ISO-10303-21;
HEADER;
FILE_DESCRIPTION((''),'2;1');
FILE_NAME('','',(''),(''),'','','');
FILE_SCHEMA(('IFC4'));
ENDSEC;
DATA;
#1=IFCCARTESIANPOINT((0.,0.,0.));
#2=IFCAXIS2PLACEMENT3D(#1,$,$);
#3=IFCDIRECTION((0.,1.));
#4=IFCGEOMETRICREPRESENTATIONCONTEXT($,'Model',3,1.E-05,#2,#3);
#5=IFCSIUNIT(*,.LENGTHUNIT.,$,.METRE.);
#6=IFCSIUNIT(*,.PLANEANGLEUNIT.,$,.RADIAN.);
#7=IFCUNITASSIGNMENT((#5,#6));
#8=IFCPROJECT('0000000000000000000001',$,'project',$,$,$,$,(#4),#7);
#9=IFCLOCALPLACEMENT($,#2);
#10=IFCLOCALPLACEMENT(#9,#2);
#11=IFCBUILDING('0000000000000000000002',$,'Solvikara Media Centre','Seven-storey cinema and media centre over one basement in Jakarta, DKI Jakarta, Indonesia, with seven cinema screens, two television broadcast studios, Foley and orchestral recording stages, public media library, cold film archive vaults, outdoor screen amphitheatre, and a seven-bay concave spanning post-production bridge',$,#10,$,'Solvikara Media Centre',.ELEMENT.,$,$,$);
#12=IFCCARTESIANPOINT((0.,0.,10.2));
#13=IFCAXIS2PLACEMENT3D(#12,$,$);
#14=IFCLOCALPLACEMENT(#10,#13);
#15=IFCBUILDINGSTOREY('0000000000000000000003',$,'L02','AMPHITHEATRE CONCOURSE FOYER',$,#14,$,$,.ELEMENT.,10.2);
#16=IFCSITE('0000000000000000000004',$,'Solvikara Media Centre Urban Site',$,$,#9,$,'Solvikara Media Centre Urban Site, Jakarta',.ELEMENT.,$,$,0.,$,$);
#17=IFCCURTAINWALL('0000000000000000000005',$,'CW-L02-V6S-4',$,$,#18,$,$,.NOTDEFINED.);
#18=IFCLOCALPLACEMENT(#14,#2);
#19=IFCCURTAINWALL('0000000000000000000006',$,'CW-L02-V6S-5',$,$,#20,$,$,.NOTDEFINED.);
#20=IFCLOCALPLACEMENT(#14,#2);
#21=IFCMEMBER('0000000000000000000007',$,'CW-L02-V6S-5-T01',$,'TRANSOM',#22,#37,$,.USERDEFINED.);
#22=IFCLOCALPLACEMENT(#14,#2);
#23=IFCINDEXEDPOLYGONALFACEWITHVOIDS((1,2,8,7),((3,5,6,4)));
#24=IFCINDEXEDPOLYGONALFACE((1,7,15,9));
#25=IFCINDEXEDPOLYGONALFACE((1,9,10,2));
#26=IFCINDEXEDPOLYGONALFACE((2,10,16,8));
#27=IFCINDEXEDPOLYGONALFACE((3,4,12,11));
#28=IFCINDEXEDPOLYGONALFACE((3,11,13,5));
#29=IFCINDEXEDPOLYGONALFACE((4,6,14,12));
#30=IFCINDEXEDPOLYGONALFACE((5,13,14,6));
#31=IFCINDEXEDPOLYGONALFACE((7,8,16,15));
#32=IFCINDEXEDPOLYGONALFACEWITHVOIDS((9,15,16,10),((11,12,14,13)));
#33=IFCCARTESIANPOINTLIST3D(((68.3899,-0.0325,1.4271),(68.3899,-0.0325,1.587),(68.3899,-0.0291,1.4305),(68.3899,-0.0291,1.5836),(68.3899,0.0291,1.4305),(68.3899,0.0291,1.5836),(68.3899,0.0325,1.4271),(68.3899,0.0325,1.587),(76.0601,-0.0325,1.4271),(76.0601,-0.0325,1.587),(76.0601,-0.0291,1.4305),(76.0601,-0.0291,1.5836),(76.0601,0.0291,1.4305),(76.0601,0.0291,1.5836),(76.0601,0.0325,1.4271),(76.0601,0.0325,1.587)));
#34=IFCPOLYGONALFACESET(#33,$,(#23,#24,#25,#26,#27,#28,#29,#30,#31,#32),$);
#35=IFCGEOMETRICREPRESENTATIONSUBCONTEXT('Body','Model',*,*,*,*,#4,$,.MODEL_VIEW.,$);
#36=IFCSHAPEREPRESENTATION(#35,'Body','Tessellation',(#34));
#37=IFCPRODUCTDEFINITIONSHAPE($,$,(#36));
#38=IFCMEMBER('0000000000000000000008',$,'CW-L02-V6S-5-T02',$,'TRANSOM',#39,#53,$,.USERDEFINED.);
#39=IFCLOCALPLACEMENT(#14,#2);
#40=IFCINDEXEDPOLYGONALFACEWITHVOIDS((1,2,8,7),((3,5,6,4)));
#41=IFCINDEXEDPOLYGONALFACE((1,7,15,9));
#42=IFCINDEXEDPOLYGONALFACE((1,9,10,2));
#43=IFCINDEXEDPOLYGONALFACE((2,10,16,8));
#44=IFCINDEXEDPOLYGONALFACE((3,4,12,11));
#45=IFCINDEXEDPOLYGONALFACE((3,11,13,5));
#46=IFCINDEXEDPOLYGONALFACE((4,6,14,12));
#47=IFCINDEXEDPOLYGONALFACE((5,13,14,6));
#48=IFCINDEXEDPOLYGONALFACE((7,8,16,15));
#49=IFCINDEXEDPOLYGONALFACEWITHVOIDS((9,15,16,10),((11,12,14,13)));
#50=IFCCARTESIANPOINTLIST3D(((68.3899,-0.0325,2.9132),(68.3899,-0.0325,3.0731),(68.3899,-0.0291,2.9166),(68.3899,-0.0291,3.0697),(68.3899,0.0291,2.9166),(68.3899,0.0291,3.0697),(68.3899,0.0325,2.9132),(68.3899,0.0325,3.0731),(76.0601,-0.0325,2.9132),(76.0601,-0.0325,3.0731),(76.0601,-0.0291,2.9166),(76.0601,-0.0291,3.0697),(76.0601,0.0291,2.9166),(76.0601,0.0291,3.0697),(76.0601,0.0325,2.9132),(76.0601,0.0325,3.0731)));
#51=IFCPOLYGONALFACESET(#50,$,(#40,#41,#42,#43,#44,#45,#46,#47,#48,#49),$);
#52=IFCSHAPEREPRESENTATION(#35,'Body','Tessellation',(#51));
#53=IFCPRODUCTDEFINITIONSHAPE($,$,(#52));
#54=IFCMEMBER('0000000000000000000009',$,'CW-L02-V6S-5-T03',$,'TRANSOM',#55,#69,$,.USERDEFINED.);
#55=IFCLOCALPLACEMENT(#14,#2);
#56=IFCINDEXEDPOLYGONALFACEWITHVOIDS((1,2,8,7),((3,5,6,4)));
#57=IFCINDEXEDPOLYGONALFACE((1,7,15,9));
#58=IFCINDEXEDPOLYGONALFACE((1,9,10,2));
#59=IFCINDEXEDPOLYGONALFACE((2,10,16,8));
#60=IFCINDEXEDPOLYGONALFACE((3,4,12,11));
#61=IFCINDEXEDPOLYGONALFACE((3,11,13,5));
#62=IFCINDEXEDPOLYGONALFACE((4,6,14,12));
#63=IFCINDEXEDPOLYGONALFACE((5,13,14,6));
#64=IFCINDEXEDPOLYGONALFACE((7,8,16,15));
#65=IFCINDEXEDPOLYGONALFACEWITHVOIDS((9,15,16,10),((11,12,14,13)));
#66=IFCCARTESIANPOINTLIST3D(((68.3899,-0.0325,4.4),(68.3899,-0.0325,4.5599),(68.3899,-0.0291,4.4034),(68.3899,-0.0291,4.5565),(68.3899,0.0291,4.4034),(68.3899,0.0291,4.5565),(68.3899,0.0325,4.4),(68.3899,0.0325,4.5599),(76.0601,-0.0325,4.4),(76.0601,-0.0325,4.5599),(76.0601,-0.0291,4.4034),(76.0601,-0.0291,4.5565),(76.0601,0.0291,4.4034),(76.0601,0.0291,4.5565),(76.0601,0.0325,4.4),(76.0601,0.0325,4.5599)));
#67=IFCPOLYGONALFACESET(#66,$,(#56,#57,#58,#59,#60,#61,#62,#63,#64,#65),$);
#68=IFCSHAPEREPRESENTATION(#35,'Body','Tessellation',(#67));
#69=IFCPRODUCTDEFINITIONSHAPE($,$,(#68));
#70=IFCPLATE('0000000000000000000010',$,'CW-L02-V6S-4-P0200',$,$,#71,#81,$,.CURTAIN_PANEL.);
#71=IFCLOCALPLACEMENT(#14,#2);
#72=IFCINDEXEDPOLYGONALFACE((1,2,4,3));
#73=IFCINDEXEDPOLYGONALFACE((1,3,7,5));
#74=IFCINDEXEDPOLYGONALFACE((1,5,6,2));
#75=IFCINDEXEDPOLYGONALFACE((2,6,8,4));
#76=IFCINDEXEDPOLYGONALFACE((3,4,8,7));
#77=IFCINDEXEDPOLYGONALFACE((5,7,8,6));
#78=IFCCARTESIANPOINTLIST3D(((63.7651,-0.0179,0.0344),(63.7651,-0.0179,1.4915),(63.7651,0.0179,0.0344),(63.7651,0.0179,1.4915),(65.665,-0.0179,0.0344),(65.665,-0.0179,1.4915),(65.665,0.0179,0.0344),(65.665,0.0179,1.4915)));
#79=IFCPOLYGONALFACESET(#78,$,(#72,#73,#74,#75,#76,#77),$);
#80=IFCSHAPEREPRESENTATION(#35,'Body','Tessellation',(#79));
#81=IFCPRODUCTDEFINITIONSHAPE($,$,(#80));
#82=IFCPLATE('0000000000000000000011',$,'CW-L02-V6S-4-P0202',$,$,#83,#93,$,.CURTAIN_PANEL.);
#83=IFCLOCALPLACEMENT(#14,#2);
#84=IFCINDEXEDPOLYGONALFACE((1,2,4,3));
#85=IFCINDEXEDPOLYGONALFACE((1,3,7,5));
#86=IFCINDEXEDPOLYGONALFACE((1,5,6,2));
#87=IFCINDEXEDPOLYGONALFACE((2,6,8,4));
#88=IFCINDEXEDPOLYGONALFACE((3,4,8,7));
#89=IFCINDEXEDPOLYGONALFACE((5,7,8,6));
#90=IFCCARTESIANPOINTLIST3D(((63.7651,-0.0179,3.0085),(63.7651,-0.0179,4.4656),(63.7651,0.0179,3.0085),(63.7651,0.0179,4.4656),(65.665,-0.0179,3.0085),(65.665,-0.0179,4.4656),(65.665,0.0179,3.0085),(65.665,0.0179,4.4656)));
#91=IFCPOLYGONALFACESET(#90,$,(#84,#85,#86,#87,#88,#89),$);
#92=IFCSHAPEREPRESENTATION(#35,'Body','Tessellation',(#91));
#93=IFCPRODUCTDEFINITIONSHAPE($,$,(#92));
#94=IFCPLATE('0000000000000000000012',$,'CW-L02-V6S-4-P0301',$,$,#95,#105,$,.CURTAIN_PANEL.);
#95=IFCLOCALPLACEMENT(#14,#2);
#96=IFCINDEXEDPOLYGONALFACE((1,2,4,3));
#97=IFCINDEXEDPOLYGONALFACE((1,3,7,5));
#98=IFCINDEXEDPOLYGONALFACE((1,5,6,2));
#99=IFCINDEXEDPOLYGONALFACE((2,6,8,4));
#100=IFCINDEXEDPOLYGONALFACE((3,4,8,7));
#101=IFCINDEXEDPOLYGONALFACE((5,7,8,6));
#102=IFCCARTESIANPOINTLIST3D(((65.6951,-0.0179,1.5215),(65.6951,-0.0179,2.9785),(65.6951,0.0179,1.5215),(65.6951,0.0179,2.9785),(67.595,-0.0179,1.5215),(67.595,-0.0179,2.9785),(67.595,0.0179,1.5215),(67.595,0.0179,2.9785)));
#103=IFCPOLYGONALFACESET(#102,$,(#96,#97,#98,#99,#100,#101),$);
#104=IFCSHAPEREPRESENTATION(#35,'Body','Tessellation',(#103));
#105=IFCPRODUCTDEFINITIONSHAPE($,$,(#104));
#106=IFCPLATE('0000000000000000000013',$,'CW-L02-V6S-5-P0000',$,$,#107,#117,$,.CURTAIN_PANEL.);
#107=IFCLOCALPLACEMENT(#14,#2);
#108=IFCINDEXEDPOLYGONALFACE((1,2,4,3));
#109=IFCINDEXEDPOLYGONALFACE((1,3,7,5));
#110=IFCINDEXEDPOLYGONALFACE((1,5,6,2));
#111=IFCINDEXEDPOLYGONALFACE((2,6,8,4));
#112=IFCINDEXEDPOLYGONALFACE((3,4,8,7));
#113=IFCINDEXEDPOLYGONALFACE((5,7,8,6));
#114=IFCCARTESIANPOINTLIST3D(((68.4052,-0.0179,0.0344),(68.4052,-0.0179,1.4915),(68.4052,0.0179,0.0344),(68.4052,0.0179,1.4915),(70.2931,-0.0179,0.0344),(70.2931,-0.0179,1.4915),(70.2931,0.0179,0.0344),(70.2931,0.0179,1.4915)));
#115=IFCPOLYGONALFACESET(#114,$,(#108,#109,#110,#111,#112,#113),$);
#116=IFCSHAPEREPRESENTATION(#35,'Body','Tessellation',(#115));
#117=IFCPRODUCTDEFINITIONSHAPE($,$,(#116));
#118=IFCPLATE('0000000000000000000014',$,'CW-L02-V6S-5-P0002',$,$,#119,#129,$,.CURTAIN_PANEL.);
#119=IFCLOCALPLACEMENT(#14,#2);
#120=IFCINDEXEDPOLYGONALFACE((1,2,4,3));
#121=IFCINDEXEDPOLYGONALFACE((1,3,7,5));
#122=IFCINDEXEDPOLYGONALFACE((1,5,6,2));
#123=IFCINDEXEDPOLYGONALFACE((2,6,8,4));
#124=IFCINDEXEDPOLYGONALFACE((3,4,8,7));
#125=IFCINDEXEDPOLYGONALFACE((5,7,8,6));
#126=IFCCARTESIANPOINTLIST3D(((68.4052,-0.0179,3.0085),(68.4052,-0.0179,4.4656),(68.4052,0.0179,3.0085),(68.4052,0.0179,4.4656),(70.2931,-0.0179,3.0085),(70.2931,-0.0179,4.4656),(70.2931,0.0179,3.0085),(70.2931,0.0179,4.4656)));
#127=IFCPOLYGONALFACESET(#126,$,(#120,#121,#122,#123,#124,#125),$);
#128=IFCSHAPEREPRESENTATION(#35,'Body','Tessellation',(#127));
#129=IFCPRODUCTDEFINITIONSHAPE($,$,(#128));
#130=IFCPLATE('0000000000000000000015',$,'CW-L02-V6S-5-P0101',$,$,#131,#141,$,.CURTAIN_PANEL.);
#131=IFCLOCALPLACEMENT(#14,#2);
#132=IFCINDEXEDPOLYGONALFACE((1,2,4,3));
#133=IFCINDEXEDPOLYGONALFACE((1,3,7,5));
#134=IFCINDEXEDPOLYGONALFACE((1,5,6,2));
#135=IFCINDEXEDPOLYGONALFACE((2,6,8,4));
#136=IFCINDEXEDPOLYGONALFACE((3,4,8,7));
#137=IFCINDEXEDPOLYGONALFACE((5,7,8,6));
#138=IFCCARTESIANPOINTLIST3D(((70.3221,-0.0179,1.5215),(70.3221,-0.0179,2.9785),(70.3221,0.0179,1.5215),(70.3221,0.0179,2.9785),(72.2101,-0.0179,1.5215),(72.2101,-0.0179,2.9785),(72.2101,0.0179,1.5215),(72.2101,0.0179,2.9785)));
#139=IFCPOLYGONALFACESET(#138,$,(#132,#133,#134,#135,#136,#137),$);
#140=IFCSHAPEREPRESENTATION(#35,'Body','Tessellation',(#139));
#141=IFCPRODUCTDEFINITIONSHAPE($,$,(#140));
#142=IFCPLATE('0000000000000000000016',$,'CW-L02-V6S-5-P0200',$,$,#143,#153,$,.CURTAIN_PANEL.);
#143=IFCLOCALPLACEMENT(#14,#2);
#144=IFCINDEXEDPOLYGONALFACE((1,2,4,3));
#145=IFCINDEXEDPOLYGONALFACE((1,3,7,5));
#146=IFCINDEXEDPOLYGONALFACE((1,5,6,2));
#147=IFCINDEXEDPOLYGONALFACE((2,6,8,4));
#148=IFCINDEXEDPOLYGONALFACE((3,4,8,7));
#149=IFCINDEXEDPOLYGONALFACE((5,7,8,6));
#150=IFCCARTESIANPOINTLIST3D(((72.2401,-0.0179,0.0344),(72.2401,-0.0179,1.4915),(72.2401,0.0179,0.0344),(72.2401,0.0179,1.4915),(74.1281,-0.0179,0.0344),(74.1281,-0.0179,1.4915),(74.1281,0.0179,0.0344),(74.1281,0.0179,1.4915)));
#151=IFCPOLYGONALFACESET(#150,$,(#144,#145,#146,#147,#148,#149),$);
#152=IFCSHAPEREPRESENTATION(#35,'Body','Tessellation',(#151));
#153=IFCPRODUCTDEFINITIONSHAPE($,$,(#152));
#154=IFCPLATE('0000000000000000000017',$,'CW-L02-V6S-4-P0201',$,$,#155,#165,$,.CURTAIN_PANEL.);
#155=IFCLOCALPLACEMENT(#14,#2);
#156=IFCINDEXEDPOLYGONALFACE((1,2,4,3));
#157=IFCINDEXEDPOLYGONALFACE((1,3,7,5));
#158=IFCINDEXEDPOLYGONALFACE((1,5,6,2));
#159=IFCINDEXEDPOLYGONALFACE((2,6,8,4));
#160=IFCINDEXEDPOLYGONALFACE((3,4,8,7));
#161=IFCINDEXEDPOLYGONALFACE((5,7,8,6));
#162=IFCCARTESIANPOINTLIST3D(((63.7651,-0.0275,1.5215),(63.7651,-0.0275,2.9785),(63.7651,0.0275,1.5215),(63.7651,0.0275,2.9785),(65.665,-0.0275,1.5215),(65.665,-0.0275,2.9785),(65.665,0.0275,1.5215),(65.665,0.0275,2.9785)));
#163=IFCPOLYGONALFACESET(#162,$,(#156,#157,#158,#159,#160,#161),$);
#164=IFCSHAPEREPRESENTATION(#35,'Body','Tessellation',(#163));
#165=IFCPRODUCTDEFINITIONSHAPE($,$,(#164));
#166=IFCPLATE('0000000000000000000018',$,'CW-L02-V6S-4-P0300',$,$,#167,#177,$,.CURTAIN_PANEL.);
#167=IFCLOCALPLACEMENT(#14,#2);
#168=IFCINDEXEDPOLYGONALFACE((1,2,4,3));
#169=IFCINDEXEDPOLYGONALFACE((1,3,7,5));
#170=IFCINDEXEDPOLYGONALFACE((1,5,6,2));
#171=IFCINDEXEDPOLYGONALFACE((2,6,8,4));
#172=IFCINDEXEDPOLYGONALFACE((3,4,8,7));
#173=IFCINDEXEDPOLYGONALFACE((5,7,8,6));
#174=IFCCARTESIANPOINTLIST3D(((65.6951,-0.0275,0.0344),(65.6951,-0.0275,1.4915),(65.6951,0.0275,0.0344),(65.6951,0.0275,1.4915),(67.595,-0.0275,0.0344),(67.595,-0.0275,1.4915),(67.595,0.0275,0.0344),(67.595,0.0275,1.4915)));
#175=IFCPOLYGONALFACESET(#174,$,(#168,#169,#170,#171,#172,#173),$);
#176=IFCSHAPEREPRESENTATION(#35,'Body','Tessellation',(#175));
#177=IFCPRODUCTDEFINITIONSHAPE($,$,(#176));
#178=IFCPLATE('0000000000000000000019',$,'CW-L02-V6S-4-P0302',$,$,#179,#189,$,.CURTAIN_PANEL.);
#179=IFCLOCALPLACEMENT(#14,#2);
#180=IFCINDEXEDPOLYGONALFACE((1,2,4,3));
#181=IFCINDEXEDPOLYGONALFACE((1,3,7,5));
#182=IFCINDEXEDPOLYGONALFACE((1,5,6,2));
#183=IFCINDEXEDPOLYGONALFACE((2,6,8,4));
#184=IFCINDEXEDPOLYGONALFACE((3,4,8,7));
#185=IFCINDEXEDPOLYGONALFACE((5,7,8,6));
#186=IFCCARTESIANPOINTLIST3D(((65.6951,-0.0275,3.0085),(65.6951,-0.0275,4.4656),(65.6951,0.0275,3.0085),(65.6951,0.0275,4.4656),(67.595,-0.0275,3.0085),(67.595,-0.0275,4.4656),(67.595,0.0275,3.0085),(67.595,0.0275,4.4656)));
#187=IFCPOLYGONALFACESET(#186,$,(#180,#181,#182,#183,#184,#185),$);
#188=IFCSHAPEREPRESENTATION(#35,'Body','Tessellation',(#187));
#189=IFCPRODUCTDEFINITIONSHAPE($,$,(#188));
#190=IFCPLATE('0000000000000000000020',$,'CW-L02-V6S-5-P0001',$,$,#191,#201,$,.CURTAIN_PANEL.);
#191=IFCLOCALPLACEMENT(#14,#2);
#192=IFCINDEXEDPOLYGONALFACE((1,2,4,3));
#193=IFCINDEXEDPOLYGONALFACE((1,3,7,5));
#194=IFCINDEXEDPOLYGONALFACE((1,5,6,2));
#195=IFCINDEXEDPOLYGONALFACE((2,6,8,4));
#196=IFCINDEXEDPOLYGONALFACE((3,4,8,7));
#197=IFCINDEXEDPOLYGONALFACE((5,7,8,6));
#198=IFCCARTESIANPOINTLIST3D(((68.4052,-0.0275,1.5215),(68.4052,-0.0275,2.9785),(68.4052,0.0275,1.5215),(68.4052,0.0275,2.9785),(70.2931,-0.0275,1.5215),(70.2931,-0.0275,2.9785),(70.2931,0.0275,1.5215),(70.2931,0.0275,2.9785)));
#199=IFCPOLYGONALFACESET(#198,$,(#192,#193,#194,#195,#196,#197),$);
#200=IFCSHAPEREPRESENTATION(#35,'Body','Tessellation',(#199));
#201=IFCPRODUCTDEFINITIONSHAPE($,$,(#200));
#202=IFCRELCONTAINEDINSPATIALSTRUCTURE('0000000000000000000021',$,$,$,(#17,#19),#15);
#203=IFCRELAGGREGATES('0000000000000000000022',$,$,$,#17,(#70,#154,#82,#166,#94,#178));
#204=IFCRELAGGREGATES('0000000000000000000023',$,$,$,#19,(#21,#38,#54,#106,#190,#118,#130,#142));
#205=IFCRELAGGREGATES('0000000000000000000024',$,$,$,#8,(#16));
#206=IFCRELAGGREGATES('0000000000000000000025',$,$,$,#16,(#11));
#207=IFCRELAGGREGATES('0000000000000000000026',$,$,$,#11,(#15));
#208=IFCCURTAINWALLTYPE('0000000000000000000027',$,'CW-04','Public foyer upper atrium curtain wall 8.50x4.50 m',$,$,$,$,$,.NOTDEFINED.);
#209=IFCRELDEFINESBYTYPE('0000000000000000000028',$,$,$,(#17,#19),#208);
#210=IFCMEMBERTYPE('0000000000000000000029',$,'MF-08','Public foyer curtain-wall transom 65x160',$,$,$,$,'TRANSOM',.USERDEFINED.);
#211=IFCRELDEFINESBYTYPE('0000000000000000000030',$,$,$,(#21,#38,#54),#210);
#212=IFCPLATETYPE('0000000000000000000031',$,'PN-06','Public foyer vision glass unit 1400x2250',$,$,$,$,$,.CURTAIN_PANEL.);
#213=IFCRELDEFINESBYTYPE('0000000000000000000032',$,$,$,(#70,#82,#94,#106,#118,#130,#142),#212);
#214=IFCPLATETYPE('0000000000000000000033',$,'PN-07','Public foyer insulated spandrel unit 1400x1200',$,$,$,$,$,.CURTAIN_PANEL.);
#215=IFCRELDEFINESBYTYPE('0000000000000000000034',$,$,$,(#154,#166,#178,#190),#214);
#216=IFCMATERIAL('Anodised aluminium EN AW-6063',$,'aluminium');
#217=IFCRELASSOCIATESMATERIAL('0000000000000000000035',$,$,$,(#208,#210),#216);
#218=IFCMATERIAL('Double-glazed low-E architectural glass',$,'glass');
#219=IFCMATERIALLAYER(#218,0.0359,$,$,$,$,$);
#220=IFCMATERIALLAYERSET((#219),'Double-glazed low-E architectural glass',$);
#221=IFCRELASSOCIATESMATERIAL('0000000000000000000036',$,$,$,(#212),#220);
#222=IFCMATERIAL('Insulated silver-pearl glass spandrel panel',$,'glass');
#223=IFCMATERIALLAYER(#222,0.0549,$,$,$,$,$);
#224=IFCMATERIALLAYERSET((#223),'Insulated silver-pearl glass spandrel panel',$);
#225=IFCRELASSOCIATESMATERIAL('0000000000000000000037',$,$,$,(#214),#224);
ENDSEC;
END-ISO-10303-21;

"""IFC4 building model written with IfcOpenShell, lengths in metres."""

from ifc_helpers import new_model, si_unit, direction, frame, origin, origin_2d, place, context, subcontext, project, spatial, rectangle, hollow_rectangle, extrude, material, layer, layer_set, material_profile, profile_set, type_object, element, aggregate, save


model = new_model("IFC4")

# Units and contexts
model_context = context("Model", 3, precision=1e-05, world=origin(), true_north=direction((0.0, 1.0)))
body_context = subcontext(model_context, "Body", "Model", "MODEL_VIEW")
ifc_project = project(units=[si_unit("LENGTHUNIT", "METRE"), si_unit("PLANEANGLEUNIT", "RADIAN")], contexts=[model_context])

# Site, building, storey
site_placement = place(None, origin())
site = spatial("IfcSite", under=ifc_project, at=site_placement, Name="Solvikara Media Centre Urban Site", LongName="Solvikara Media Centre Urban Site, Jakarta", CompositionType="ELEMENT", RefElevation=0.0)
building_placement = place(site_placement, origin())
building = spatial("IfcBuilding", under=site, at=building_placement, Name="Solvikara Media Centre", Description="Seven-storey cinema and media centre over one basement in Jakarta, DKI Jakarta, Indonesia, with seven cinema screens, two television broadcast studios, Foley and orchestral recording stages, public media library, cold film archive vaults, outdoor screen amphitheatre, and a seven-bay concave spanning post-production bridge", LongName="Solvikara Media Centre", CompositionType="ELEMENT")
storey_placement = place(building_placement, frame((0.0, 0.0, 10.2)))
storey = spatial("IfcBuildingStorey", under=building, at=storey_placement, Name="L02", Description="AMPHITHEATRE CONCOURSE FOYER", CompositionType="ELEMENT", Elevation=10.2)

# Curtain walls, members
ifc_material_1 = material(Name="Anodised aluminium EN AW-6063", Category="aluminium")
curtain_wall_type = type_object("IfcCurtainWallType", Name="CW-04", Description="Public foyer upper atrium curtain wall 8.50x4.50 m", PredefinedType="NOTDEFINED", material=ifc_material_1)
curtain_wall_1_placement = place(storey_placement, origin())
curtain_wall_1 = element("IfcCurtainWall", 1, at=curtain_wall_1_placement, inside=storey, type_object=curtain_wall_type, Name="CW-L02-V6S-4", PredefinedType="NOTDEFINED")
curtain_wall_2_placement = place(storey_placement, origin())
curtain_wall_2 = element("IfcCurtainWall", 2, at=curtain_wall_2_placement, inside=storey, type_object=curtain_wall_type, Name="CW-L02-V6S-5", PredefinedType="NOTDEFINED")
ifc_material_profile_1 = material_profile(ifc_material_1, hollow_rectangle(XDim=0.0649, YDim=0.1599, WallThickness=0.0034, at=origin_2d()), Name="ALU-T 65x160x3.5")
ifc_profile_set_1 = profile_set([ifc_material_profile_1], Name="Anodised aluminium EN AW-6063")
member_type_1 = type_object("IfcMemberType", Name="MF-08", Description="Public foyer curtain-wall transom 65x160", ElementType="TRANSOM", PredefinedType="USERDEFINED", material=ifc_profile_set_1)
member_1_placement = place(storey_placement, frame((68.3899, 0.0, 1.5071), z_axis=(1.0, 0.0, 0.0), x_axis=(0.0, 1.0, 0.0)))
member_1 = element("IfcMember", 3, at=member_1_placement, type_object=member_type_1, Name="CW-L02-V6S-5-T01", ObjectType="TRANSOM", PredefinedType="USERDEFINED", context=body_context, shape_type="SweptSolid", body=[
    extrude(hollow_rectangle(XDim=0.0649, YDim=0.1599, WallThickness=0.0034, at=origin_2d()), origin(), (0.0, 0.0, 1.0), 7.6702),
])
member_2_placement = place(storey_placement, frame((68.3899, 0.0, 2.9932), z_axis=(1.0, 0.0, 0.0), x_axis=(0.0, 1.0, 0.0)))
member_2 = element("IfcMember", 4, at=member_2_placement, type_object=member_type_1, Name="CW-L02-V6S-5-T02", ObjectType="TRANSOM", PredefinedType="USERDEFINED", context=body_context, shape_type="SweptSolid", body=[
    extrude(hollow_rectangle(XDim=0.0649, YDim=0.1599, WallThickness=0.0034, at=origin_2d()), origin(), (0.0, 0.0, 1.0), 7.6702),
])
member_3_placement = place(storey_placement, frame((68.3899, 0.0, 4.48), z_axis=(1.0, 0.0, 0.0), x_axis=(0.0, 1.0, 0.0)))
member_3 = element("IfcMember", 5, at=member_3_placement, type_object=member_type_1, Name="CW-L02-V6S-5-T03", ObjectType="TRANSOM", PredefinedType="USERDEFINED", context=body_context, shape_type="SweptSolid", body=[
    extrude(hollow_rectangle(XDim=0.0649, YDim=0.1599, WallThickness=0.0034, at=origin_2d()), origin(), (0.0, 0.0, 1.0), 7.6702),
])

# Plates
ifc_material_2 = material(Name="Double-glazed low-E architectural glass", Category="glass")
ifc_layer_1 = layer(ifc_material_2, 0.0359)
ifc_layer_set_1 = layer_set([ifc_layer_1], Name="Double-glazed low-E architectural glass")
plate_type_1 = type_object("IfcPlateType", Name="PN-06", Description="Public foyer vision glass unit 1400x2250", PredefinedType="CURTAIN_PANEL", material=ifc_layer_set_1)
plate_1_placement = place(storey_placement, frame((64.7151, 0.0, 0.0344), z_axis=(0.0, 0.0, 1.0), x_axis=(1.0, 0.0, 0.0)))
plate_1 = element("IfcPlate", 6, at=plate_1_placement, type_object=plate_type_1, Name="CW-L02-V6S-4-P0200", PredefinedType="CURTAIN_PANEL", context=body_context, shape_type="SweptSolid", body=[
    extrude(rectangle(XDim=1.8999, YDim=0.0359, at=origin_2d()), origin(), (0.0, 0.0, 1.0), 1.457),
])
plate_2_placement = place(storey_placement, frame((64.7151, 0.0, 3.0085), z_axis=(0.0, 0.0, 1.0), x_axis=(1.0, 0.0, 0.0)))
plate_2 = element("IfcPlate", 7, at=plate_2_placement, type_object=plate_type_1, Name="CW-L02-V6S-4-P0202", PredefinedType="CURTAIN_PANEL", context=body_context, shape_type="SweptSolid", body=[
    extrude(rectangle(XDim=1.8999, YDim=0.0359, at=origin_2d()), origin(), (0.0, 0.0, 1.0), 1.457),
])
plate_3_placement = place(storey_placement, frame((66.645, 0.0, 1.5215), z_axis=(0.0, 0.0, 1.0), x_axis=(1.0, 0.0, 0.0)))
plate_3 = element("IfcPlate", 8, at=plate_3_placement, type_object=plate_type_1, Name="CW-L02-V6S-4-P0301", PredefinedType="CURTAIN_PANEL", context=body_context, shape_type="SweptSolid", body=[
    extrude(rectangle(XDim=1.8999, YDim=0.0359, at=origin_2d()), origin(), (0.0, 0.0, 1.0), 1.457),
])
plate_4_placement = place(storey_placement, frame((69.3491, 0.0, 0.0344), z_axis=(0.0, 0.0, 1.0), x_axis=(1.0, 0.0, 0.0)))
plate_4 = element("IfcPlate", 9, at=plate_4_placement, type_object=plate_type_1, Name="CW-L02-V6S-5-P0000", PredefinedType="CURTAIN_PANEL", context=body_context, shape_type="SweptSolid", body=[
    extrude(rectangle(XDim=1.8879, YDim=0.0359, at=origin_2d()), origin(), (0.0, 0.0, 1.0), 1.457),
])
plate_5_placement = place(storey_placement, frame((69.3491, 0.0, 3.0085), z_axis=(0.0, 0.0, 1.0), x_axis=(1.0, 0.0, 0.0)))
plate_5 = element("IfcPlate", 10, at=plate_5_placement, type_object=plate_type_1, Name="CW-L02-V6S-5-P0002", PredefinedType="CURTAIN_PANEL", context=body_context, shape_type="SweptSolid", body=[
    extrude(rectangle(XDim=1.8879, YDim=0.0359, at=origin_2d()), origin(), (0.0, 0.0, 1.0), 1.457),
])
plate_6_placement = place(storey_placement, frame((71.2661, 0.0, 1.5215), z_axis=(0.0, 0.0, 1.0), x_axis=(1.0, 0.0, 0.0)))
plate_6 = element("IfcPlate", 11, at=plate_6_placement, type_object=plate_type_1, Name="CW-L02-V6S-5-P0101", PredefinedType="CURTAIN_PANEL", context=body_context, shape_type="SweptSolid", body=[
    extrude(rectangle(XDim=1.8879, YDim=0.0359, at=origin_2d()), origin(), (0.0, 0.0, 1.0), 1.457),
])
plate_7_placement = place(storey_placement, frame((73.1841, 0.0, 0.0344), z_axis=(0.0, 0.0, 1.0), x_axis=(1.0, 0.0, 0.0)))
plate_7 = element("IfcPlate", 12, at=plate_7_placement, type_object=plate_type_1, Name="CW-L02-V6S-5-P0200", PredefinedType="CURTAIN_PANEL", context=body_context, shape_type="SweptSolid", body=[
    extrude(rectangle(XDim=1.8879, YDim=0.0359, at=origin_2d()), origin(), (0.0, 0.0, 1.0), 1.457),
])
ifc_material_3 = material(Name="Insulated silver-pearl glass spandrel panel", Category="glass")
ifc_layer_2 = layer(ifc_material_3, 0.0549)
ifc_layer_set_2 = layer_set([ifc_layer_2], Name="Insulated silver-pearl glass spandrel panel")
plate_type_2 = type_object("IfcPlateType", Name="PN-07", Description="Public foyer insulated spandrel unit 1400x1200", PredefinedType="CURTAIN_PANEL", material=ifc_layer_set_2)
plate_8_placement = place(storey_placement, frame((64.7151, 0.0, 1.5215), z_axis=(0.0, 0.0, 1.0), x_axis=(1.0, 0.0, 0.0)))
plate_8 = element("IfcPlate", 13, at=plate_8_placement, type_object=plate_type_2, Name="CW-L02-V6S-4-P0201", PredefinedType="CURTAIN_PANEL", context=body_context, shape_type="SweptSolid", body=[
    extrude(rectangle(XDim=1.8999, YDim=0.0549, at=origin_2d()), origin(), (0.0, 0.0, 1.0), 1.457),
])
plate_9_placement = place(storey_placement, frame((66.645, 0.0, 0.0344), z_axis=(0.0, 0.0, 1.0), x_axis=(1.0, 0.0, 0.0)))
plate_9 = element("IfcPlate", 14, at=plate_9_placement, type_object=plate_type_2, Name="CW-L02-V6S-4-P0300", PredefinedType="CURTAIN_PANEL", context=body_context, shape_type="SweptSolid", body=[
    extrude(rectangle(XDim=1.8999, YDim=0.0549, at=origin_2d()), origin(), (0.0, 0.0, 1.0), 1.457),
])
plate_10_placement = place(storey_placement, frame((66.645, 0.0, 3.0085), z_axis=(0.0, 0.0, 1.0), x_axis=(1.0, 0.0, 0.0)))
plate_10 = element("IfcPlate", 15, at=plate_10_placement, type_object=plate_type_2, Name="CW-L02-V6S-4-P0302", PredefinedType="CURTAIN_PANEL", context=body_context, shape_type="SweptSolid", body=[
    extrude(rectangle(XDim=1.8999, YDim=0.0549, at=origin_2d()), origin(), (0.0, 0.0, 1.0), 1.457),
])
aggregate(curtain_wall_1, [plate_1, plate_8, plate_2, plate_9, plate_3, plate_10])
plate_11_placement = place(storey_placement, frame((69.3491, 0.0, 1.5215), z_axis=(0.0, 0.0, 1.0), x_axis=(1.0, 0.0, 0.0)))
plate_11 = element("IfcPlate", 16, at=plate_11_placement, type_object=plate_type_2, Name="CW-L02-V6S-5-P0001", PredefinedType="CURTAIN_PANEL", context=body_context, shape_type="SweptSolid", body=[
    extrude(rectangle(XDim=1.8879, YDim=0.0549, at=origin_2d()), origin(), (0.0, 0.0, 1.0), 1.457),
])
aggregate(curtain_wall_2, [member_1, member_2, member_3, plate_4, plate_11, plate_5, plate_6, plate_7])

save(model, "model.ifc")
